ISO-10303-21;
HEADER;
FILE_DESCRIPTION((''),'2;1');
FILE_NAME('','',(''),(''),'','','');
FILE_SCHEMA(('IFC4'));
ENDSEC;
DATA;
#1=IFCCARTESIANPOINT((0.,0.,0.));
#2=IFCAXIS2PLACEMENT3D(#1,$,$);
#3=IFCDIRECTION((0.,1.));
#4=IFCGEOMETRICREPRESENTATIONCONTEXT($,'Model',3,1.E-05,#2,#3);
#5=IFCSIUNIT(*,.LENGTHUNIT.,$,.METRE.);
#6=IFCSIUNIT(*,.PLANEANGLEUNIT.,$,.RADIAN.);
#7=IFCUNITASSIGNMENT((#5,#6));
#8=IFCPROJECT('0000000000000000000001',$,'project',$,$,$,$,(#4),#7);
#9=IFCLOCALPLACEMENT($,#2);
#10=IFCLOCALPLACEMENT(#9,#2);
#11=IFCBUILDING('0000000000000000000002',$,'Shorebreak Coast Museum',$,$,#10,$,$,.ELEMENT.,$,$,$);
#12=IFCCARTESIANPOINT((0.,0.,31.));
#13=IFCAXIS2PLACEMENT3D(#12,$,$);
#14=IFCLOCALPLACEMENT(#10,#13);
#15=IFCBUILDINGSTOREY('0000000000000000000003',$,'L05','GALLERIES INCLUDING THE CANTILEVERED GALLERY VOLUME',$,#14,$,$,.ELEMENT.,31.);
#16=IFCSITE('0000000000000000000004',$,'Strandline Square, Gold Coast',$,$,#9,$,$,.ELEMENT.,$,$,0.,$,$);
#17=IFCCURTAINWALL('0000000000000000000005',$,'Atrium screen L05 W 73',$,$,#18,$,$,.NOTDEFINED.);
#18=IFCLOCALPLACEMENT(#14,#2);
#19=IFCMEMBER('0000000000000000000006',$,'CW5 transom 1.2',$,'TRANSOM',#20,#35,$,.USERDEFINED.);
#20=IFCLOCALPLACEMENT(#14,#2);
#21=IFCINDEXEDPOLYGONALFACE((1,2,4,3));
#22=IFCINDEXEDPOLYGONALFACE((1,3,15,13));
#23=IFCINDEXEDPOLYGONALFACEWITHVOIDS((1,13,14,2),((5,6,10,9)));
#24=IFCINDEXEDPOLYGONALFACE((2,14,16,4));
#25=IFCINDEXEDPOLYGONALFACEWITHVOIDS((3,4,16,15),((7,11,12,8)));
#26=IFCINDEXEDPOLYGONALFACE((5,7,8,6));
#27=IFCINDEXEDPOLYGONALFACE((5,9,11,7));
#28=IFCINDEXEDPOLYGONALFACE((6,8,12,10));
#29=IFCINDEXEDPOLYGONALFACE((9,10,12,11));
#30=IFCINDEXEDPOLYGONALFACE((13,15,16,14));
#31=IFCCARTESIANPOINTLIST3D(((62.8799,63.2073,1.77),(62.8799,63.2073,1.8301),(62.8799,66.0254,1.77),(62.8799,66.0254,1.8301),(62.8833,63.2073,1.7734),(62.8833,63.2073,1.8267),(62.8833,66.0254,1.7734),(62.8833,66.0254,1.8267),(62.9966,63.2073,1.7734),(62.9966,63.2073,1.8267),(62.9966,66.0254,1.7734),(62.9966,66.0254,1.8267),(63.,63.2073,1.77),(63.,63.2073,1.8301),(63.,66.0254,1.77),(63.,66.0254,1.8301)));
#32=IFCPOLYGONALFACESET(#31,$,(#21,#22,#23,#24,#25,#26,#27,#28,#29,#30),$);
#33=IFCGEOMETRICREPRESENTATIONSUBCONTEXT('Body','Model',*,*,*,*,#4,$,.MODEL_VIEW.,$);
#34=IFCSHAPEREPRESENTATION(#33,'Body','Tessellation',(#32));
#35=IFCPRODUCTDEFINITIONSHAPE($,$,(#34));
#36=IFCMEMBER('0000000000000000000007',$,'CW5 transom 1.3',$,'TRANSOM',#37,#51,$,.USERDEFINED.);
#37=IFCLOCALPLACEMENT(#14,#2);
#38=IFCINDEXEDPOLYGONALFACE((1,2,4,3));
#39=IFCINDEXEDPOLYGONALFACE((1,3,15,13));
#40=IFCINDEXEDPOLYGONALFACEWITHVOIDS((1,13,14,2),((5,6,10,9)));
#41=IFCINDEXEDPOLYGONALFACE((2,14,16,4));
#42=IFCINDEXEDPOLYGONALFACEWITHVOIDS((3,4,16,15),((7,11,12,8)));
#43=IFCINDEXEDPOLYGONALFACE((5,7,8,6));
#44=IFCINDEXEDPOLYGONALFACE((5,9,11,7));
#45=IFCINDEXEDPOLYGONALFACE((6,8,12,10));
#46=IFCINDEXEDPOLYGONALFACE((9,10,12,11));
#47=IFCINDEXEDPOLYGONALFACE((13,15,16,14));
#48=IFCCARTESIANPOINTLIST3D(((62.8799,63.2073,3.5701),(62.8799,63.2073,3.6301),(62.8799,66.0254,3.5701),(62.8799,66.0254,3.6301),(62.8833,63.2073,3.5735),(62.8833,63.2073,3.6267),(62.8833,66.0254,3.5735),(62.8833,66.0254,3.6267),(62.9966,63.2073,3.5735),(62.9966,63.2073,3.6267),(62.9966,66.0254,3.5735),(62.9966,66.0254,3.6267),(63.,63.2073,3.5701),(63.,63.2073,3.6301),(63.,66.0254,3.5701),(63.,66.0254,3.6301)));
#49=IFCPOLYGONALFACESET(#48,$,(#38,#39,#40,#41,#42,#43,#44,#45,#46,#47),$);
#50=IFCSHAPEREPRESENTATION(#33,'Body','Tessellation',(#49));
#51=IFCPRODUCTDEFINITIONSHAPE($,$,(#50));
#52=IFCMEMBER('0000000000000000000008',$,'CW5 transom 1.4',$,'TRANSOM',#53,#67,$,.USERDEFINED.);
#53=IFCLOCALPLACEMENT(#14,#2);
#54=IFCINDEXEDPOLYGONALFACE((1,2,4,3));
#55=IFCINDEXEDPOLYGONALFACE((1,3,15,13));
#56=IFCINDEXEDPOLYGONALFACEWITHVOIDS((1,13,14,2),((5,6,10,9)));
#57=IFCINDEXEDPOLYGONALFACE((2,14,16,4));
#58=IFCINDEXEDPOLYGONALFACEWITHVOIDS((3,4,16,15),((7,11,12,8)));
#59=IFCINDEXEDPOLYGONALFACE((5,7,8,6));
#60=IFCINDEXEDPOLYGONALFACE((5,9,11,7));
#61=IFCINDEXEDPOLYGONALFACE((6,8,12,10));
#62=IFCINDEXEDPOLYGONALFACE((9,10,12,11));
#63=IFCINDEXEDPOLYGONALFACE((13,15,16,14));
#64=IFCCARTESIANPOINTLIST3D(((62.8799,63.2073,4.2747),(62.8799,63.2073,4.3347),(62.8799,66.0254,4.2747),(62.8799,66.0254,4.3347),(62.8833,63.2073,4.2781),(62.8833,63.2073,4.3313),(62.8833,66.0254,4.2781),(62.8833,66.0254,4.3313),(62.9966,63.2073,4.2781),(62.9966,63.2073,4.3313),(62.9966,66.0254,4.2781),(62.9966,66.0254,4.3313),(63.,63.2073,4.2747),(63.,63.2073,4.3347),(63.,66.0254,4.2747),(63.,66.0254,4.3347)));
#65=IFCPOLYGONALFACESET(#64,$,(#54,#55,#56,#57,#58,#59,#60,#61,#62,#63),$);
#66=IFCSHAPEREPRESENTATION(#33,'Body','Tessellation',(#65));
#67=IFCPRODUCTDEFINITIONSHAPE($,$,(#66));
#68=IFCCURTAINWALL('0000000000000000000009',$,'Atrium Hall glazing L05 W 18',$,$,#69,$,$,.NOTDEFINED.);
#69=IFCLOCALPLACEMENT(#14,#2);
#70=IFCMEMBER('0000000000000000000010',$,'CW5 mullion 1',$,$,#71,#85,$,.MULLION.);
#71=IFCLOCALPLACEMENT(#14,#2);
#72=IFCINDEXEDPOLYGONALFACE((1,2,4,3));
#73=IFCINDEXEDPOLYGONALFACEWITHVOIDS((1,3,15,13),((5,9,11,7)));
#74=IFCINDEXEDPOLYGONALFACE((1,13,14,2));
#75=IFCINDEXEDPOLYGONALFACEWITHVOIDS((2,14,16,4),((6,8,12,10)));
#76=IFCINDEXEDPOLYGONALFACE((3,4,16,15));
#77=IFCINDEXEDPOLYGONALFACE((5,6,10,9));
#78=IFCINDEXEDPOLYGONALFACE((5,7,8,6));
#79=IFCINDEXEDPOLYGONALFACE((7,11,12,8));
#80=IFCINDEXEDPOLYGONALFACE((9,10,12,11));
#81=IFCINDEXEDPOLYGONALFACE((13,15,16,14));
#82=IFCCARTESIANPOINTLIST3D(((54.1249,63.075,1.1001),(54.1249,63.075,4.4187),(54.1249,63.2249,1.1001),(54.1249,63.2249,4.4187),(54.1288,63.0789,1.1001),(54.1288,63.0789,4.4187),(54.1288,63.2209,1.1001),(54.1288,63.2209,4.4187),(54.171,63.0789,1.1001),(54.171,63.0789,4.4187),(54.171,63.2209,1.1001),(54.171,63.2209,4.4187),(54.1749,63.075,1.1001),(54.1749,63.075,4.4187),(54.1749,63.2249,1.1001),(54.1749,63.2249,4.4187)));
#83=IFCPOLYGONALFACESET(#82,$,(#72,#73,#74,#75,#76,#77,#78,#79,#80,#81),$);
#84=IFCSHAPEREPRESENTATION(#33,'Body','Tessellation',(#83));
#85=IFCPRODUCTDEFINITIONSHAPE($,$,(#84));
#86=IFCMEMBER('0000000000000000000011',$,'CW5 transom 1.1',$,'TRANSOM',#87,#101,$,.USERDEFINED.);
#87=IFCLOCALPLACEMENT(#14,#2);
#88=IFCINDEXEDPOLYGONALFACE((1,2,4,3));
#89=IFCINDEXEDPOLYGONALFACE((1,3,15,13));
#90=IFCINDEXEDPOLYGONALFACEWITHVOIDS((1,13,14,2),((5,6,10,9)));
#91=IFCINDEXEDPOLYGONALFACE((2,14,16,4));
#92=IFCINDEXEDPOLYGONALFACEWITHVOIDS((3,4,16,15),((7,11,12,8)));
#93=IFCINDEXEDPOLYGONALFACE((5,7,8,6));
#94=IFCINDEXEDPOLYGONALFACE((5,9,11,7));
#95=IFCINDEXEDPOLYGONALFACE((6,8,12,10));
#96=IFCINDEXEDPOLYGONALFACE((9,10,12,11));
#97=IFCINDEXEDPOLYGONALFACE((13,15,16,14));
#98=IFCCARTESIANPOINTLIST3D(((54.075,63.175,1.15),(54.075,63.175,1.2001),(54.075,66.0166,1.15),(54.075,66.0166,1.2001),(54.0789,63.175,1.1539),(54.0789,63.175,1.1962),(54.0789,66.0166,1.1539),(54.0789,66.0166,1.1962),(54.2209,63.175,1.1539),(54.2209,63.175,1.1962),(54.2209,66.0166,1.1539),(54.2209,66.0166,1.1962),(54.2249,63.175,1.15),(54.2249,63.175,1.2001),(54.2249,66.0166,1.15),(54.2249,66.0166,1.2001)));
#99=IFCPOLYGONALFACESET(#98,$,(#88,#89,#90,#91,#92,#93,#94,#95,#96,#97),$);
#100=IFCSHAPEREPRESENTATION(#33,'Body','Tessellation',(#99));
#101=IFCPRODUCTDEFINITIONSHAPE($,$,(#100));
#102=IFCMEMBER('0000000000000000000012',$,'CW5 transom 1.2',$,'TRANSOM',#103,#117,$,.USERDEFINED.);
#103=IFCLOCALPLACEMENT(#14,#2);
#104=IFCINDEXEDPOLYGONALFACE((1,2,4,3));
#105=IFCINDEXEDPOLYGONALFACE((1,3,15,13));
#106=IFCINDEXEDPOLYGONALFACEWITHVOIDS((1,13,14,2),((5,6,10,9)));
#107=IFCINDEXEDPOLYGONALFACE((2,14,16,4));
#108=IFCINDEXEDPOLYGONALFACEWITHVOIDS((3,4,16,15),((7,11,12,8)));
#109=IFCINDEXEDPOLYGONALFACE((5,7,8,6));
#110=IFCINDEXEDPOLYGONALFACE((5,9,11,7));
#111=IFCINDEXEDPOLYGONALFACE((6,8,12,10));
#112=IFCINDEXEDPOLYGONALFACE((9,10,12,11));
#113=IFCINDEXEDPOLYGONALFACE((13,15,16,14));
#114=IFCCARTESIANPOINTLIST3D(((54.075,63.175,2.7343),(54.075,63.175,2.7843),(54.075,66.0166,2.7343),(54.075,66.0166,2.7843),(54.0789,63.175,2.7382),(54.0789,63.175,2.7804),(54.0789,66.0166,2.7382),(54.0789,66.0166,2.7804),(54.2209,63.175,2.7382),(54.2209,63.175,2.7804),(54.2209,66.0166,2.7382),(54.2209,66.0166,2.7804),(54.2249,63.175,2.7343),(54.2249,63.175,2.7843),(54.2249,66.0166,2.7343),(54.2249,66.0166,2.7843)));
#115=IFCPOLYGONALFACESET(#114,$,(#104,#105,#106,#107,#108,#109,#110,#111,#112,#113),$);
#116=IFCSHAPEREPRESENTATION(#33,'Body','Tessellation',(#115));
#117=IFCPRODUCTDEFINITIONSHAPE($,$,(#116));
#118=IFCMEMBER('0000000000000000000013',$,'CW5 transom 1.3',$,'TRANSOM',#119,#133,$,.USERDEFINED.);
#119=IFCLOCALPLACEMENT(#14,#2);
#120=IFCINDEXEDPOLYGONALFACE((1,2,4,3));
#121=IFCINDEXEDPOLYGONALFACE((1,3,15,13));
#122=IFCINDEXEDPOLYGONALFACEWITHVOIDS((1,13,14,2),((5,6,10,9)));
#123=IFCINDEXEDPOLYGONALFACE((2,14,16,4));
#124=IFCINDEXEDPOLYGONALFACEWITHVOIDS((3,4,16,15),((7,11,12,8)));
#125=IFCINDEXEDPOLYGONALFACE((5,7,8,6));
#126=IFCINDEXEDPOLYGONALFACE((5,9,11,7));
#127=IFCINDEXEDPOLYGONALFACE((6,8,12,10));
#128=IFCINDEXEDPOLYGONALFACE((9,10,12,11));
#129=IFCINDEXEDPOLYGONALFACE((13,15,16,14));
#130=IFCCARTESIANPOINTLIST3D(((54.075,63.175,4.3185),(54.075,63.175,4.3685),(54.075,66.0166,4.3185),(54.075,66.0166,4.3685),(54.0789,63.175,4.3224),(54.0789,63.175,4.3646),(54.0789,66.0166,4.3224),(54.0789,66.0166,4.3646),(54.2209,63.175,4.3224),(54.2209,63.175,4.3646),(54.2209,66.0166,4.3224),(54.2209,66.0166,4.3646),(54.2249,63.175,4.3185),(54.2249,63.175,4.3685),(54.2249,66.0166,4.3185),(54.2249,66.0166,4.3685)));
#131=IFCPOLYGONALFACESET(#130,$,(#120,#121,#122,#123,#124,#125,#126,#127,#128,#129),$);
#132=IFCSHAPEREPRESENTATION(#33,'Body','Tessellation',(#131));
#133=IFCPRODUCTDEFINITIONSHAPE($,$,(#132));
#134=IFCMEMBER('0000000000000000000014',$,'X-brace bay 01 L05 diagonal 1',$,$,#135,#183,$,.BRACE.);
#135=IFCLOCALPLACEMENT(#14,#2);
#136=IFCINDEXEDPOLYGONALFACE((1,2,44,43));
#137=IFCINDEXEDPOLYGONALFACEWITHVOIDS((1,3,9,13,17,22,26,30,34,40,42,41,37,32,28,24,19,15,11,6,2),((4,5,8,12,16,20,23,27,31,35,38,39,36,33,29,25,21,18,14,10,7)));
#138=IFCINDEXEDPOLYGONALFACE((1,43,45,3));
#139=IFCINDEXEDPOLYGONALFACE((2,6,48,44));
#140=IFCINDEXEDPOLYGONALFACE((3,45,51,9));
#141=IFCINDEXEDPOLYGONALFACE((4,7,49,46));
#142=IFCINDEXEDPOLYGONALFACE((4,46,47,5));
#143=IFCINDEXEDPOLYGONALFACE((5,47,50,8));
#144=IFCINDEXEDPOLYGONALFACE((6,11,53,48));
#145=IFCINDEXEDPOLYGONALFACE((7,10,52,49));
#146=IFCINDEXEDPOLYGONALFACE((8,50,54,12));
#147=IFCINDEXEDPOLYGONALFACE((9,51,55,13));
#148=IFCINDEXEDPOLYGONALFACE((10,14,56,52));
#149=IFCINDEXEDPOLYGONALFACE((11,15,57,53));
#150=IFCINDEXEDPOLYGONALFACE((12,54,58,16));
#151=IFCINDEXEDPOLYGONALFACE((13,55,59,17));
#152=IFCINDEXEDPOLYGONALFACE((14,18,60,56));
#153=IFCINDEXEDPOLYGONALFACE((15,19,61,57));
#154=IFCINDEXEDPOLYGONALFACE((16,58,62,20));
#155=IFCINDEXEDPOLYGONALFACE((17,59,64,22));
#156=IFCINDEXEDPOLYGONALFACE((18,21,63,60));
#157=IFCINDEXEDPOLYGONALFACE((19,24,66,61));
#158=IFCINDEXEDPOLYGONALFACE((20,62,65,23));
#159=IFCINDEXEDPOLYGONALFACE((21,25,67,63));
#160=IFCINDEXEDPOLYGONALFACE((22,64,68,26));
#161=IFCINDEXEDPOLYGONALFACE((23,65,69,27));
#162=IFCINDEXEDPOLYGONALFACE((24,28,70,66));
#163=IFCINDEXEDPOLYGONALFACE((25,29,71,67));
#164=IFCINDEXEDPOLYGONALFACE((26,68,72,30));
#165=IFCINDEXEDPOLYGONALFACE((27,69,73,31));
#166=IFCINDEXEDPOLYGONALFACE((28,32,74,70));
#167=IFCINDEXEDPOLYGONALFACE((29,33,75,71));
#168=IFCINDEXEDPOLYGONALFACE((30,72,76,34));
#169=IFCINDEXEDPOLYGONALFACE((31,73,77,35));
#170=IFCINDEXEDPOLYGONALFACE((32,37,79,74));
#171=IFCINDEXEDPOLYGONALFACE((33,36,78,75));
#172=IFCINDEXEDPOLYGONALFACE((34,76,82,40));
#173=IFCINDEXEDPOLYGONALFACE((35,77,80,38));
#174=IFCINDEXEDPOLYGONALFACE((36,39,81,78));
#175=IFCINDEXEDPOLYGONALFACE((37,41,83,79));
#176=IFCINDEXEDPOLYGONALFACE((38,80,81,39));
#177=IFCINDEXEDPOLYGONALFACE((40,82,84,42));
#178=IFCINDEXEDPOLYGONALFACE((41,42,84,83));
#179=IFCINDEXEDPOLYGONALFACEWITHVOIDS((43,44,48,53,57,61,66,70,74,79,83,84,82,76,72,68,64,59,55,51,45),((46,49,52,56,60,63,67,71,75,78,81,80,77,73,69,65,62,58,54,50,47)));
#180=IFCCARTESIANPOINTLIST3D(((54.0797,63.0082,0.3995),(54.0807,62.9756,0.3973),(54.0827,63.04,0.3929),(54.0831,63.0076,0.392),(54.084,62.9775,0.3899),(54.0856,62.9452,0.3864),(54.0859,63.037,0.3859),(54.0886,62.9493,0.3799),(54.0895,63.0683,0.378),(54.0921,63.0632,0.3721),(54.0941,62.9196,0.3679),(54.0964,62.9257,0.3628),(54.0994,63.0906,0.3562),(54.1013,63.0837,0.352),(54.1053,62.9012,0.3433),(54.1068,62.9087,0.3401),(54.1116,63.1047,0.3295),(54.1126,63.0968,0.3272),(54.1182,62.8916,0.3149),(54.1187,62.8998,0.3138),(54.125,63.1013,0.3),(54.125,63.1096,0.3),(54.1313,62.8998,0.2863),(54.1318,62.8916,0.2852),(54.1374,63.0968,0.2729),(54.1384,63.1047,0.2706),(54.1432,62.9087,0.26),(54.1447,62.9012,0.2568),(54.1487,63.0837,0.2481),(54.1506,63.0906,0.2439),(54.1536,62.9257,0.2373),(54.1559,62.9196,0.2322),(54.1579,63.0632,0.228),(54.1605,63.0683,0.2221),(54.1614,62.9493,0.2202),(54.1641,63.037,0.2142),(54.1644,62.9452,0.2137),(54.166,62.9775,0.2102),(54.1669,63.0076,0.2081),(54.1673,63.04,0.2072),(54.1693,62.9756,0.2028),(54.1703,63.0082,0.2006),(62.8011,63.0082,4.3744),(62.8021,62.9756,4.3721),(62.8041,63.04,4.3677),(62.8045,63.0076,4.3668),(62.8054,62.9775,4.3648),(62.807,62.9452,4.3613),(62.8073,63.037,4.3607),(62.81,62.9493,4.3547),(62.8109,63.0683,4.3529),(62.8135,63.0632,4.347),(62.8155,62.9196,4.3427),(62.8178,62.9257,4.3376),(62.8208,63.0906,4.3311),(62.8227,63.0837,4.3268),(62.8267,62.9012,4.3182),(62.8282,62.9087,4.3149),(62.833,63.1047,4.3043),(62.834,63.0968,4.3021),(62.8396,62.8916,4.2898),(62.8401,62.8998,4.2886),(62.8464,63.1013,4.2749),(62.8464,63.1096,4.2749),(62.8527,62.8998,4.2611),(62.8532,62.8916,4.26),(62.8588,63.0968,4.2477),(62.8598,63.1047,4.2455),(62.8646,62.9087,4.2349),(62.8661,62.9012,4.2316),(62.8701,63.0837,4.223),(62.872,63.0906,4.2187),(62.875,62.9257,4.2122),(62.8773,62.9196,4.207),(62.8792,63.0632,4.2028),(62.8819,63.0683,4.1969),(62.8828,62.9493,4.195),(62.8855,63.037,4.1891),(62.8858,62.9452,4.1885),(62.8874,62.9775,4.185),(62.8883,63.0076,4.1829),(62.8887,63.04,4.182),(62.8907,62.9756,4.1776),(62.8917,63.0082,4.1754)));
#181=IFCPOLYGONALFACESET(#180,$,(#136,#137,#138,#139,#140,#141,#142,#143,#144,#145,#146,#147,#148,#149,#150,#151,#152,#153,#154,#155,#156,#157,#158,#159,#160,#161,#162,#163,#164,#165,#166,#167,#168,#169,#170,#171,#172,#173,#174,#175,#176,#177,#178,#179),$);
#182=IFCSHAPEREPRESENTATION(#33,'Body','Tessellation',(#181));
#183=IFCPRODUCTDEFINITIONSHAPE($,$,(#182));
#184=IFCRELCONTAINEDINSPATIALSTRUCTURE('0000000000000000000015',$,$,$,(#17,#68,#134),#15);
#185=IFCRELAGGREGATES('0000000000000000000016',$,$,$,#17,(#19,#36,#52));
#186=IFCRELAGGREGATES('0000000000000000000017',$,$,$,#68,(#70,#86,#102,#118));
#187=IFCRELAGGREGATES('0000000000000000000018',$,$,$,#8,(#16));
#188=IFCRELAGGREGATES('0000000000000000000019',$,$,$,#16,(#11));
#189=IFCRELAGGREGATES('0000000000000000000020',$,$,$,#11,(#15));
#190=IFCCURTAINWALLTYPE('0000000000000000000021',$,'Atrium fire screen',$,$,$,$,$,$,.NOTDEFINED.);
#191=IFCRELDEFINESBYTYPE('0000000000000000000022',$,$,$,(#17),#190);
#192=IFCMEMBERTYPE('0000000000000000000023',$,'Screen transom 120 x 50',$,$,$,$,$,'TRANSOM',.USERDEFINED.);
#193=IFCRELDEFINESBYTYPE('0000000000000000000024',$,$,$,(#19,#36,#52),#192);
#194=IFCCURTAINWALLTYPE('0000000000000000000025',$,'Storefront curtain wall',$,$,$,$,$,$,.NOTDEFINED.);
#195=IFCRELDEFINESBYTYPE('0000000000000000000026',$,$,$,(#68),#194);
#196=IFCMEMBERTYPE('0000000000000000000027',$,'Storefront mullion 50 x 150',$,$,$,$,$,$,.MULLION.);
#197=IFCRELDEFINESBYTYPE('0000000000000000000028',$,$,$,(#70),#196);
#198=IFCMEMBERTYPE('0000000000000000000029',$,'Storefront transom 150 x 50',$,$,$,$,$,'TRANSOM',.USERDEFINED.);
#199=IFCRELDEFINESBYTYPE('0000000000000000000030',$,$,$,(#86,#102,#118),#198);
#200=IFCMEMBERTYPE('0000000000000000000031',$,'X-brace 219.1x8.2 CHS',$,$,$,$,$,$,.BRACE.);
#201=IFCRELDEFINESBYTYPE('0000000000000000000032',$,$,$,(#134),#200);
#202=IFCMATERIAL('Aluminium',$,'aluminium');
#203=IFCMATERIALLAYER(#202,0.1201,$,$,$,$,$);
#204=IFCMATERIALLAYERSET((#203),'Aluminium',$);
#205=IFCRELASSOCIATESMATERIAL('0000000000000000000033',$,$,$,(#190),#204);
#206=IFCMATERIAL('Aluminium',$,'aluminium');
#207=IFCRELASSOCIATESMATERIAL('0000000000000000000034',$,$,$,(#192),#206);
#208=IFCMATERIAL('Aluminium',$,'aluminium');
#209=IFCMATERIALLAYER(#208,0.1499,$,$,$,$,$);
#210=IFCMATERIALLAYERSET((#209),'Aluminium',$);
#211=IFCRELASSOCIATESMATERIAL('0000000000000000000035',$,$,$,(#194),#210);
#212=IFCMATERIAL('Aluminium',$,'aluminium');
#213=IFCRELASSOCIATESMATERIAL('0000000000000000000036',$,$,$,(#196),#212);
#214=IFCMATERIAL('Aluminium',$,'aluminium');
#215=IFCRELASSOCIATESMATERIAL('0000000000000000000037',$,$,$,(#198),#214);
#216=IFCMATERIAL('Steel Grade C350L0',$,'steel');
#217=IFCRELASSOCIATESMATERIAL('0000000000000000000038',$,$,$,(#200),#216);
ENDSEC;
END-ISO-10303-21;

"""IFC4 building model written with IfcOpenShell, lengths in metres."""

from ifc_helpers import new_model, si_unit, direction, frame, origin, origin_2d, place, context, subcontext, project, spatial, hollow_rectangle, hollow_circle, extrude, material, layer, layer_set, material_profile, profile_set, type_object, element, aggregate, save


model = new_model("IFC4")

# Units and contexts
model_context = context("Model", 3, precision=1e-05, world=origin(), true_north=direction((0.0, 1.0)))
body_context = subcontext(model_context, "Body", "Model", "MODEL_VIEW")
ifc_project = project(units=[si_unit("LENGTHUNIT", "METRE"), si_unit("PLANEANGLEUNIT", "RADIAN")], contexts=[model_context])

# Site, building, storey
site_placement = place(None, origin())
site = spatial("IfcSite", under=ifc_project, at=site_placement, Name="Strandline Square, Gold Coast", CompositionType="ELEMENT", RefElevation=0.0)
building_placement = place(site_placement, origin())
building = spatial("IfcBuilding", under=site, at=building_placement, Name="Shorebreak Coast Museum", CompositionType="ELEMENT")
storey_placement = place(building_placement, frame((0.0, 0.0, 31.0)))
storey = spatial("IfcBuildingStorey", under=building, at=storey_placement, Name="L05", Description="GALLERIES INCLUDING THE CANTILEVERED GALLERY VOLUME", CompositionType="ELEMENT", Elevation=31.0)

# Curtain walls, members
ifc_material_1 = material(Name="Aluminium", Category="aluminium")
ifc_layer_1 = layer(ifc_material_1, 0.1201)
ifc_layer_set_1 = layer_set([ifc_layer_1], Name="Aluminium")
curtain_wall_type_1 = type_object("IfcCurtainWallType", Name="Atrium fire screen", PredefinedType="NOTDEFINED", material=ifc_layer_set_1)
curtain_wall_1_placement = place(storey_placement, origin())
curtain_wall_1 = element("IfcCurtainWall", 1, at=curtain_wall_1_placement, inside=storey, type_object=curtain_wall_type_1, Name="Atrium screen L05 W 73", PredefinedType="NOTDEFINED")
ifc_material_2 = material(Name="Aluminium", Category="aluminium")
ifc_material_profile_1 = material_profile(ifc_material_2, hollow_rectangle(XDim=0.1201, YDim=0.0601, WallThickness=0.0034, at=origin_2d()), Name="AL 60x120 RHS")
ifc_profile_set_1 = profile_set([ifc_material_profile_1], Name="Aluminium")
member_type_1 = type_object("IfcMemberType", Name="Screen transom 120 x 50", ElementType="TRANSOM", PredefinedType="USERDEFINED", material=ifc_profile_set_1)
member_1_placement = place(storey_placement, frame((62.9399, 63.2073, 1.8), z_axis=(0.0, 1.0, 0.0), x_axis=(-1.0, 0.0, 0.0)))
member_1 = element("IfcMember", 2, at=member_1_placement, type_object=member_type_1, Name="CW5 transom 1.2", ObjectType="TRANSOM", PredefinedType="USERDEFINED", context=body_context, shape_type="SweptSolid", body=[
    extrude(hollow_rectangle(XDim=0.1201, YDim=0.0601, WallThickness=0.0034, at=origin_2d()), origin(), (0.0, 0.0, 1.0), 2.8181),
])
member_2_placement = place(storey_placement, frame((62.9399, 63.2073, 3.6001), z_axis=(0.0, 1.0, 0.0), x_axis=(-1.0, 0.0, 0.0)))
member_2 = element("IfcMember", 3, at=member_2_placement, type_object=member_type_1, Name="CW5 transom 1.3", ObjectType="TRANSOM", PredefinedType="USERDEFINED", context=body_context, shape_type="SweptSolid", body=[
    extrude(hollow_rectangle(XDim=0.1201, YDim=0.0601, WallThickness=0.0034, at=origin_2d()), origin(), (0.0, 0.0, 1.0), 2.8181),
])
member_3_placement = place(storey_placement, frame((62.9399, 63.2073, 4.3047), z_axis=(0.0, 1.0, 0.0), x_axis=(-1.0, 0.0, 0.0)))
member_3 = element("IfcMember", 4, at=member_3_placement, type_object=member_type_1, Name="CW5 transom 1.4", ObjectType="TRANSOM", PredefinedType="USERDEFINED", context=body_context, shape_type="SweptSolid", body=[
    extrude(hollow_rectangle(XDim=0.1201, YDim=0.0601, WallThickness=0.0034, at=origin_2d()), origin(), (0.0, 0.0, 1.0), 2.8181),
])
aggregate(curtain_wall_1, [member_1, member_2, member_3])
ifc_material_3 = material(Name="Aluminium", Category="aluminium")
ifc_layer_2 = layer(ifc_material_3, 0.1499)
ifc_layer_set_2 = layer_set([ifc_layer_2], Name="Aluminium")
curtain_wall_type_2 = type_object("IfcCurtainWallType", Name="Storefront curtain wall", PredefinedType="NOTDEFINED", material=ifc_layer_set_2)
curtain_wall_2_placement = place(storey_placement, origin())
curtain_wall_2 = element("IfcCurtainWall", 5, at=curtain_wall_2_placement, inside=storey, type_object=curtain_wall_type_2, Name="Atrium Hall glazing L05 W 18", PredefinedType="NOTDEFINED")
ifc_material_4 = material(Name="Aluminium", Category="aluminium")
ifc_material_profile_2 = material_profile(ifc_material_4, hollow_rectangle(XDim=0.05, YDim=0.1499, WallThickness=0.0039, at=origin_2d()), Name="AL 150x50 RHS")
ifc_profile_set_2 = profile_set([ifc_material_profile_2], Name="Aluminium")
member_type_2 = type_object("IfcMemberType", Name="Storefront mullion 50 x 150", PredefinedType="MULLION", material=ifc_profile_set_2)
member_4_placement = place(storey_placement, frame((54.1499, 63.1499, 1.1001), z_axis=(0.0, 0.0, 1.0), x_axis=(-1.0, 0.0, 0.0)))
member_4 = element("IfcMember", 6, at=member_4_placement, type_object=member_type_2, Name="CW5 mullion 1", PredefinedType="MULLION", context=body_context, shape_type="SweptSolid", body=[
    extrude(hollow_rectangle(XDim=0.05, YDim=0.1499, WallThickness=0.0039, at=origin_2d()), origin(), (0.0, 0.0, 1.0), 3.3186),
])
ifc_material_5 = material(Name="Aluminium", Category="aluminium")
ifc_material_profile_3 = material_profile(ifc_material_5, hollow_rectangle(XDim=0.1499, YDim=0.05, WallThickness=0.0039, at=origin_2d()), Name="AL 50x150 RHS")
ifc_profile_set_3 = profile_set([ifc_material_profile_3], Name="Aluminium")
member_type_3 = type_object("IfcMemberType", Name="Storefront transom 150 x 50", ElementType="TRANSOM", PredefinedType="USERDEFINED", material=ifc_profile_set_3)
member_5_placement = place(storey_placement, frame((54.1499, 63.175, 1.175), z_axis=(0.0, 1.0, 0.0), x_axis=(-1.0, 0.0, 0.0)))
member_5 = element("IfcMember", 7, at=member_5_placement, type_object=member_type_3, Name="CW5 transom 1.1", ObjectType="TRANSOM", PredefinedType="USERDEFINED", context=body_context, shape_type="SweptSolid", body=[
    extrude(hollow_rectangle(XDim=0.1499, YDim=0.05, WallThickness=0.0039, at=origin_2d()), origin(), (0.0, 0.0, 1.0), 2.8416),
])
member_6_placement = place(storey_placement, frame((54.1499, 63.175, 2.7593), z_axis=(0.0, 1.0, 0.0), x_axis=(-1.0, 0.0, 0.0)))
member_6 = element("IfcMember", 8, at=member_6_placement, type_object=member_type_3, Name="CW5 transom 1.2", ObjectType="TRANSOM", PredefinedType="USERDEFINED", context=body_context, shape_type="SweptSolid", body=[
    extrude(hollow_rectangle(XDim=0.1499, YDim=0.05, WallThickness=0.0039, at=origin_2d()), origin(), (0.0, 0.0, 1.0), 2.8416),
])
member_7_placement = place(storey_placement, frame((54.1499, 63.175, 4.3435), z_axis=(0.0, 1.0, 0.0), x_axis=(-1.0, 0.0, 0.0)))
member_7 = element("IfcMember", 9, at=member_7_placement, type_object=member_type_3, Name="CW5 transom 1.3", ObjectType="TRANSOM", PredefinedType="USERDEFINED", context=body_context, shape_type="SweptSolid", body=[
    extrude(hollow_rectangle(XDim=0.1499, YDim=0.05, WallThickness=0.0039, at=origin_2d()), origin(), (0.0, 0.0, 1.0), 2.8416),
])

# Member
ifc_material_6 = material(Name="Steel Grade C350L0", Category="steel")
ifc_material_profile_4 = material_profile(ifc_material_6, hollow_circle(Radius=0.1096, WallThickness=0.0083, at=origin_2d()), Name="219.1x8.2 CHS")
ifc_profile_set_4 = profile_set([ifc_material_profile_4], Name="Steel Grade C350L0")
member_type_4 = type_object("IfcMemberType", Name="X-brace 219.1x8.2 CHS", PredefinedType="BRACE", material=ifc_profile_set_4)
for number, where, z_axis, x_axis, name in (
    (10, (54.125, 63.0, 0.3), (0.909951, 0.0, 0.414716), (0.0, 1.0, 0.0), "X-brace bay 01 L05 diagonal 1"),
):
    element("IfcMember", number, at=place(storey_placement, frame(where, z_axis=z_axis, x_axis=x_axis)), inside=storey, type_object=member_type_4, Name=name, PredefinedType="BRACE", context=body_context, shape_type="SweptSolid", body=[
        extrude(hollow_circle(Radius=0.1096, WallThickness=0.0083, at=origin_2d()), origin(), (0.0, 0.0, 1.0), 9.5845),
    ])

aggregate(curtain_wall_2, [member_4, member_5, member_6, member_7])

save(model, "model.ifc")
